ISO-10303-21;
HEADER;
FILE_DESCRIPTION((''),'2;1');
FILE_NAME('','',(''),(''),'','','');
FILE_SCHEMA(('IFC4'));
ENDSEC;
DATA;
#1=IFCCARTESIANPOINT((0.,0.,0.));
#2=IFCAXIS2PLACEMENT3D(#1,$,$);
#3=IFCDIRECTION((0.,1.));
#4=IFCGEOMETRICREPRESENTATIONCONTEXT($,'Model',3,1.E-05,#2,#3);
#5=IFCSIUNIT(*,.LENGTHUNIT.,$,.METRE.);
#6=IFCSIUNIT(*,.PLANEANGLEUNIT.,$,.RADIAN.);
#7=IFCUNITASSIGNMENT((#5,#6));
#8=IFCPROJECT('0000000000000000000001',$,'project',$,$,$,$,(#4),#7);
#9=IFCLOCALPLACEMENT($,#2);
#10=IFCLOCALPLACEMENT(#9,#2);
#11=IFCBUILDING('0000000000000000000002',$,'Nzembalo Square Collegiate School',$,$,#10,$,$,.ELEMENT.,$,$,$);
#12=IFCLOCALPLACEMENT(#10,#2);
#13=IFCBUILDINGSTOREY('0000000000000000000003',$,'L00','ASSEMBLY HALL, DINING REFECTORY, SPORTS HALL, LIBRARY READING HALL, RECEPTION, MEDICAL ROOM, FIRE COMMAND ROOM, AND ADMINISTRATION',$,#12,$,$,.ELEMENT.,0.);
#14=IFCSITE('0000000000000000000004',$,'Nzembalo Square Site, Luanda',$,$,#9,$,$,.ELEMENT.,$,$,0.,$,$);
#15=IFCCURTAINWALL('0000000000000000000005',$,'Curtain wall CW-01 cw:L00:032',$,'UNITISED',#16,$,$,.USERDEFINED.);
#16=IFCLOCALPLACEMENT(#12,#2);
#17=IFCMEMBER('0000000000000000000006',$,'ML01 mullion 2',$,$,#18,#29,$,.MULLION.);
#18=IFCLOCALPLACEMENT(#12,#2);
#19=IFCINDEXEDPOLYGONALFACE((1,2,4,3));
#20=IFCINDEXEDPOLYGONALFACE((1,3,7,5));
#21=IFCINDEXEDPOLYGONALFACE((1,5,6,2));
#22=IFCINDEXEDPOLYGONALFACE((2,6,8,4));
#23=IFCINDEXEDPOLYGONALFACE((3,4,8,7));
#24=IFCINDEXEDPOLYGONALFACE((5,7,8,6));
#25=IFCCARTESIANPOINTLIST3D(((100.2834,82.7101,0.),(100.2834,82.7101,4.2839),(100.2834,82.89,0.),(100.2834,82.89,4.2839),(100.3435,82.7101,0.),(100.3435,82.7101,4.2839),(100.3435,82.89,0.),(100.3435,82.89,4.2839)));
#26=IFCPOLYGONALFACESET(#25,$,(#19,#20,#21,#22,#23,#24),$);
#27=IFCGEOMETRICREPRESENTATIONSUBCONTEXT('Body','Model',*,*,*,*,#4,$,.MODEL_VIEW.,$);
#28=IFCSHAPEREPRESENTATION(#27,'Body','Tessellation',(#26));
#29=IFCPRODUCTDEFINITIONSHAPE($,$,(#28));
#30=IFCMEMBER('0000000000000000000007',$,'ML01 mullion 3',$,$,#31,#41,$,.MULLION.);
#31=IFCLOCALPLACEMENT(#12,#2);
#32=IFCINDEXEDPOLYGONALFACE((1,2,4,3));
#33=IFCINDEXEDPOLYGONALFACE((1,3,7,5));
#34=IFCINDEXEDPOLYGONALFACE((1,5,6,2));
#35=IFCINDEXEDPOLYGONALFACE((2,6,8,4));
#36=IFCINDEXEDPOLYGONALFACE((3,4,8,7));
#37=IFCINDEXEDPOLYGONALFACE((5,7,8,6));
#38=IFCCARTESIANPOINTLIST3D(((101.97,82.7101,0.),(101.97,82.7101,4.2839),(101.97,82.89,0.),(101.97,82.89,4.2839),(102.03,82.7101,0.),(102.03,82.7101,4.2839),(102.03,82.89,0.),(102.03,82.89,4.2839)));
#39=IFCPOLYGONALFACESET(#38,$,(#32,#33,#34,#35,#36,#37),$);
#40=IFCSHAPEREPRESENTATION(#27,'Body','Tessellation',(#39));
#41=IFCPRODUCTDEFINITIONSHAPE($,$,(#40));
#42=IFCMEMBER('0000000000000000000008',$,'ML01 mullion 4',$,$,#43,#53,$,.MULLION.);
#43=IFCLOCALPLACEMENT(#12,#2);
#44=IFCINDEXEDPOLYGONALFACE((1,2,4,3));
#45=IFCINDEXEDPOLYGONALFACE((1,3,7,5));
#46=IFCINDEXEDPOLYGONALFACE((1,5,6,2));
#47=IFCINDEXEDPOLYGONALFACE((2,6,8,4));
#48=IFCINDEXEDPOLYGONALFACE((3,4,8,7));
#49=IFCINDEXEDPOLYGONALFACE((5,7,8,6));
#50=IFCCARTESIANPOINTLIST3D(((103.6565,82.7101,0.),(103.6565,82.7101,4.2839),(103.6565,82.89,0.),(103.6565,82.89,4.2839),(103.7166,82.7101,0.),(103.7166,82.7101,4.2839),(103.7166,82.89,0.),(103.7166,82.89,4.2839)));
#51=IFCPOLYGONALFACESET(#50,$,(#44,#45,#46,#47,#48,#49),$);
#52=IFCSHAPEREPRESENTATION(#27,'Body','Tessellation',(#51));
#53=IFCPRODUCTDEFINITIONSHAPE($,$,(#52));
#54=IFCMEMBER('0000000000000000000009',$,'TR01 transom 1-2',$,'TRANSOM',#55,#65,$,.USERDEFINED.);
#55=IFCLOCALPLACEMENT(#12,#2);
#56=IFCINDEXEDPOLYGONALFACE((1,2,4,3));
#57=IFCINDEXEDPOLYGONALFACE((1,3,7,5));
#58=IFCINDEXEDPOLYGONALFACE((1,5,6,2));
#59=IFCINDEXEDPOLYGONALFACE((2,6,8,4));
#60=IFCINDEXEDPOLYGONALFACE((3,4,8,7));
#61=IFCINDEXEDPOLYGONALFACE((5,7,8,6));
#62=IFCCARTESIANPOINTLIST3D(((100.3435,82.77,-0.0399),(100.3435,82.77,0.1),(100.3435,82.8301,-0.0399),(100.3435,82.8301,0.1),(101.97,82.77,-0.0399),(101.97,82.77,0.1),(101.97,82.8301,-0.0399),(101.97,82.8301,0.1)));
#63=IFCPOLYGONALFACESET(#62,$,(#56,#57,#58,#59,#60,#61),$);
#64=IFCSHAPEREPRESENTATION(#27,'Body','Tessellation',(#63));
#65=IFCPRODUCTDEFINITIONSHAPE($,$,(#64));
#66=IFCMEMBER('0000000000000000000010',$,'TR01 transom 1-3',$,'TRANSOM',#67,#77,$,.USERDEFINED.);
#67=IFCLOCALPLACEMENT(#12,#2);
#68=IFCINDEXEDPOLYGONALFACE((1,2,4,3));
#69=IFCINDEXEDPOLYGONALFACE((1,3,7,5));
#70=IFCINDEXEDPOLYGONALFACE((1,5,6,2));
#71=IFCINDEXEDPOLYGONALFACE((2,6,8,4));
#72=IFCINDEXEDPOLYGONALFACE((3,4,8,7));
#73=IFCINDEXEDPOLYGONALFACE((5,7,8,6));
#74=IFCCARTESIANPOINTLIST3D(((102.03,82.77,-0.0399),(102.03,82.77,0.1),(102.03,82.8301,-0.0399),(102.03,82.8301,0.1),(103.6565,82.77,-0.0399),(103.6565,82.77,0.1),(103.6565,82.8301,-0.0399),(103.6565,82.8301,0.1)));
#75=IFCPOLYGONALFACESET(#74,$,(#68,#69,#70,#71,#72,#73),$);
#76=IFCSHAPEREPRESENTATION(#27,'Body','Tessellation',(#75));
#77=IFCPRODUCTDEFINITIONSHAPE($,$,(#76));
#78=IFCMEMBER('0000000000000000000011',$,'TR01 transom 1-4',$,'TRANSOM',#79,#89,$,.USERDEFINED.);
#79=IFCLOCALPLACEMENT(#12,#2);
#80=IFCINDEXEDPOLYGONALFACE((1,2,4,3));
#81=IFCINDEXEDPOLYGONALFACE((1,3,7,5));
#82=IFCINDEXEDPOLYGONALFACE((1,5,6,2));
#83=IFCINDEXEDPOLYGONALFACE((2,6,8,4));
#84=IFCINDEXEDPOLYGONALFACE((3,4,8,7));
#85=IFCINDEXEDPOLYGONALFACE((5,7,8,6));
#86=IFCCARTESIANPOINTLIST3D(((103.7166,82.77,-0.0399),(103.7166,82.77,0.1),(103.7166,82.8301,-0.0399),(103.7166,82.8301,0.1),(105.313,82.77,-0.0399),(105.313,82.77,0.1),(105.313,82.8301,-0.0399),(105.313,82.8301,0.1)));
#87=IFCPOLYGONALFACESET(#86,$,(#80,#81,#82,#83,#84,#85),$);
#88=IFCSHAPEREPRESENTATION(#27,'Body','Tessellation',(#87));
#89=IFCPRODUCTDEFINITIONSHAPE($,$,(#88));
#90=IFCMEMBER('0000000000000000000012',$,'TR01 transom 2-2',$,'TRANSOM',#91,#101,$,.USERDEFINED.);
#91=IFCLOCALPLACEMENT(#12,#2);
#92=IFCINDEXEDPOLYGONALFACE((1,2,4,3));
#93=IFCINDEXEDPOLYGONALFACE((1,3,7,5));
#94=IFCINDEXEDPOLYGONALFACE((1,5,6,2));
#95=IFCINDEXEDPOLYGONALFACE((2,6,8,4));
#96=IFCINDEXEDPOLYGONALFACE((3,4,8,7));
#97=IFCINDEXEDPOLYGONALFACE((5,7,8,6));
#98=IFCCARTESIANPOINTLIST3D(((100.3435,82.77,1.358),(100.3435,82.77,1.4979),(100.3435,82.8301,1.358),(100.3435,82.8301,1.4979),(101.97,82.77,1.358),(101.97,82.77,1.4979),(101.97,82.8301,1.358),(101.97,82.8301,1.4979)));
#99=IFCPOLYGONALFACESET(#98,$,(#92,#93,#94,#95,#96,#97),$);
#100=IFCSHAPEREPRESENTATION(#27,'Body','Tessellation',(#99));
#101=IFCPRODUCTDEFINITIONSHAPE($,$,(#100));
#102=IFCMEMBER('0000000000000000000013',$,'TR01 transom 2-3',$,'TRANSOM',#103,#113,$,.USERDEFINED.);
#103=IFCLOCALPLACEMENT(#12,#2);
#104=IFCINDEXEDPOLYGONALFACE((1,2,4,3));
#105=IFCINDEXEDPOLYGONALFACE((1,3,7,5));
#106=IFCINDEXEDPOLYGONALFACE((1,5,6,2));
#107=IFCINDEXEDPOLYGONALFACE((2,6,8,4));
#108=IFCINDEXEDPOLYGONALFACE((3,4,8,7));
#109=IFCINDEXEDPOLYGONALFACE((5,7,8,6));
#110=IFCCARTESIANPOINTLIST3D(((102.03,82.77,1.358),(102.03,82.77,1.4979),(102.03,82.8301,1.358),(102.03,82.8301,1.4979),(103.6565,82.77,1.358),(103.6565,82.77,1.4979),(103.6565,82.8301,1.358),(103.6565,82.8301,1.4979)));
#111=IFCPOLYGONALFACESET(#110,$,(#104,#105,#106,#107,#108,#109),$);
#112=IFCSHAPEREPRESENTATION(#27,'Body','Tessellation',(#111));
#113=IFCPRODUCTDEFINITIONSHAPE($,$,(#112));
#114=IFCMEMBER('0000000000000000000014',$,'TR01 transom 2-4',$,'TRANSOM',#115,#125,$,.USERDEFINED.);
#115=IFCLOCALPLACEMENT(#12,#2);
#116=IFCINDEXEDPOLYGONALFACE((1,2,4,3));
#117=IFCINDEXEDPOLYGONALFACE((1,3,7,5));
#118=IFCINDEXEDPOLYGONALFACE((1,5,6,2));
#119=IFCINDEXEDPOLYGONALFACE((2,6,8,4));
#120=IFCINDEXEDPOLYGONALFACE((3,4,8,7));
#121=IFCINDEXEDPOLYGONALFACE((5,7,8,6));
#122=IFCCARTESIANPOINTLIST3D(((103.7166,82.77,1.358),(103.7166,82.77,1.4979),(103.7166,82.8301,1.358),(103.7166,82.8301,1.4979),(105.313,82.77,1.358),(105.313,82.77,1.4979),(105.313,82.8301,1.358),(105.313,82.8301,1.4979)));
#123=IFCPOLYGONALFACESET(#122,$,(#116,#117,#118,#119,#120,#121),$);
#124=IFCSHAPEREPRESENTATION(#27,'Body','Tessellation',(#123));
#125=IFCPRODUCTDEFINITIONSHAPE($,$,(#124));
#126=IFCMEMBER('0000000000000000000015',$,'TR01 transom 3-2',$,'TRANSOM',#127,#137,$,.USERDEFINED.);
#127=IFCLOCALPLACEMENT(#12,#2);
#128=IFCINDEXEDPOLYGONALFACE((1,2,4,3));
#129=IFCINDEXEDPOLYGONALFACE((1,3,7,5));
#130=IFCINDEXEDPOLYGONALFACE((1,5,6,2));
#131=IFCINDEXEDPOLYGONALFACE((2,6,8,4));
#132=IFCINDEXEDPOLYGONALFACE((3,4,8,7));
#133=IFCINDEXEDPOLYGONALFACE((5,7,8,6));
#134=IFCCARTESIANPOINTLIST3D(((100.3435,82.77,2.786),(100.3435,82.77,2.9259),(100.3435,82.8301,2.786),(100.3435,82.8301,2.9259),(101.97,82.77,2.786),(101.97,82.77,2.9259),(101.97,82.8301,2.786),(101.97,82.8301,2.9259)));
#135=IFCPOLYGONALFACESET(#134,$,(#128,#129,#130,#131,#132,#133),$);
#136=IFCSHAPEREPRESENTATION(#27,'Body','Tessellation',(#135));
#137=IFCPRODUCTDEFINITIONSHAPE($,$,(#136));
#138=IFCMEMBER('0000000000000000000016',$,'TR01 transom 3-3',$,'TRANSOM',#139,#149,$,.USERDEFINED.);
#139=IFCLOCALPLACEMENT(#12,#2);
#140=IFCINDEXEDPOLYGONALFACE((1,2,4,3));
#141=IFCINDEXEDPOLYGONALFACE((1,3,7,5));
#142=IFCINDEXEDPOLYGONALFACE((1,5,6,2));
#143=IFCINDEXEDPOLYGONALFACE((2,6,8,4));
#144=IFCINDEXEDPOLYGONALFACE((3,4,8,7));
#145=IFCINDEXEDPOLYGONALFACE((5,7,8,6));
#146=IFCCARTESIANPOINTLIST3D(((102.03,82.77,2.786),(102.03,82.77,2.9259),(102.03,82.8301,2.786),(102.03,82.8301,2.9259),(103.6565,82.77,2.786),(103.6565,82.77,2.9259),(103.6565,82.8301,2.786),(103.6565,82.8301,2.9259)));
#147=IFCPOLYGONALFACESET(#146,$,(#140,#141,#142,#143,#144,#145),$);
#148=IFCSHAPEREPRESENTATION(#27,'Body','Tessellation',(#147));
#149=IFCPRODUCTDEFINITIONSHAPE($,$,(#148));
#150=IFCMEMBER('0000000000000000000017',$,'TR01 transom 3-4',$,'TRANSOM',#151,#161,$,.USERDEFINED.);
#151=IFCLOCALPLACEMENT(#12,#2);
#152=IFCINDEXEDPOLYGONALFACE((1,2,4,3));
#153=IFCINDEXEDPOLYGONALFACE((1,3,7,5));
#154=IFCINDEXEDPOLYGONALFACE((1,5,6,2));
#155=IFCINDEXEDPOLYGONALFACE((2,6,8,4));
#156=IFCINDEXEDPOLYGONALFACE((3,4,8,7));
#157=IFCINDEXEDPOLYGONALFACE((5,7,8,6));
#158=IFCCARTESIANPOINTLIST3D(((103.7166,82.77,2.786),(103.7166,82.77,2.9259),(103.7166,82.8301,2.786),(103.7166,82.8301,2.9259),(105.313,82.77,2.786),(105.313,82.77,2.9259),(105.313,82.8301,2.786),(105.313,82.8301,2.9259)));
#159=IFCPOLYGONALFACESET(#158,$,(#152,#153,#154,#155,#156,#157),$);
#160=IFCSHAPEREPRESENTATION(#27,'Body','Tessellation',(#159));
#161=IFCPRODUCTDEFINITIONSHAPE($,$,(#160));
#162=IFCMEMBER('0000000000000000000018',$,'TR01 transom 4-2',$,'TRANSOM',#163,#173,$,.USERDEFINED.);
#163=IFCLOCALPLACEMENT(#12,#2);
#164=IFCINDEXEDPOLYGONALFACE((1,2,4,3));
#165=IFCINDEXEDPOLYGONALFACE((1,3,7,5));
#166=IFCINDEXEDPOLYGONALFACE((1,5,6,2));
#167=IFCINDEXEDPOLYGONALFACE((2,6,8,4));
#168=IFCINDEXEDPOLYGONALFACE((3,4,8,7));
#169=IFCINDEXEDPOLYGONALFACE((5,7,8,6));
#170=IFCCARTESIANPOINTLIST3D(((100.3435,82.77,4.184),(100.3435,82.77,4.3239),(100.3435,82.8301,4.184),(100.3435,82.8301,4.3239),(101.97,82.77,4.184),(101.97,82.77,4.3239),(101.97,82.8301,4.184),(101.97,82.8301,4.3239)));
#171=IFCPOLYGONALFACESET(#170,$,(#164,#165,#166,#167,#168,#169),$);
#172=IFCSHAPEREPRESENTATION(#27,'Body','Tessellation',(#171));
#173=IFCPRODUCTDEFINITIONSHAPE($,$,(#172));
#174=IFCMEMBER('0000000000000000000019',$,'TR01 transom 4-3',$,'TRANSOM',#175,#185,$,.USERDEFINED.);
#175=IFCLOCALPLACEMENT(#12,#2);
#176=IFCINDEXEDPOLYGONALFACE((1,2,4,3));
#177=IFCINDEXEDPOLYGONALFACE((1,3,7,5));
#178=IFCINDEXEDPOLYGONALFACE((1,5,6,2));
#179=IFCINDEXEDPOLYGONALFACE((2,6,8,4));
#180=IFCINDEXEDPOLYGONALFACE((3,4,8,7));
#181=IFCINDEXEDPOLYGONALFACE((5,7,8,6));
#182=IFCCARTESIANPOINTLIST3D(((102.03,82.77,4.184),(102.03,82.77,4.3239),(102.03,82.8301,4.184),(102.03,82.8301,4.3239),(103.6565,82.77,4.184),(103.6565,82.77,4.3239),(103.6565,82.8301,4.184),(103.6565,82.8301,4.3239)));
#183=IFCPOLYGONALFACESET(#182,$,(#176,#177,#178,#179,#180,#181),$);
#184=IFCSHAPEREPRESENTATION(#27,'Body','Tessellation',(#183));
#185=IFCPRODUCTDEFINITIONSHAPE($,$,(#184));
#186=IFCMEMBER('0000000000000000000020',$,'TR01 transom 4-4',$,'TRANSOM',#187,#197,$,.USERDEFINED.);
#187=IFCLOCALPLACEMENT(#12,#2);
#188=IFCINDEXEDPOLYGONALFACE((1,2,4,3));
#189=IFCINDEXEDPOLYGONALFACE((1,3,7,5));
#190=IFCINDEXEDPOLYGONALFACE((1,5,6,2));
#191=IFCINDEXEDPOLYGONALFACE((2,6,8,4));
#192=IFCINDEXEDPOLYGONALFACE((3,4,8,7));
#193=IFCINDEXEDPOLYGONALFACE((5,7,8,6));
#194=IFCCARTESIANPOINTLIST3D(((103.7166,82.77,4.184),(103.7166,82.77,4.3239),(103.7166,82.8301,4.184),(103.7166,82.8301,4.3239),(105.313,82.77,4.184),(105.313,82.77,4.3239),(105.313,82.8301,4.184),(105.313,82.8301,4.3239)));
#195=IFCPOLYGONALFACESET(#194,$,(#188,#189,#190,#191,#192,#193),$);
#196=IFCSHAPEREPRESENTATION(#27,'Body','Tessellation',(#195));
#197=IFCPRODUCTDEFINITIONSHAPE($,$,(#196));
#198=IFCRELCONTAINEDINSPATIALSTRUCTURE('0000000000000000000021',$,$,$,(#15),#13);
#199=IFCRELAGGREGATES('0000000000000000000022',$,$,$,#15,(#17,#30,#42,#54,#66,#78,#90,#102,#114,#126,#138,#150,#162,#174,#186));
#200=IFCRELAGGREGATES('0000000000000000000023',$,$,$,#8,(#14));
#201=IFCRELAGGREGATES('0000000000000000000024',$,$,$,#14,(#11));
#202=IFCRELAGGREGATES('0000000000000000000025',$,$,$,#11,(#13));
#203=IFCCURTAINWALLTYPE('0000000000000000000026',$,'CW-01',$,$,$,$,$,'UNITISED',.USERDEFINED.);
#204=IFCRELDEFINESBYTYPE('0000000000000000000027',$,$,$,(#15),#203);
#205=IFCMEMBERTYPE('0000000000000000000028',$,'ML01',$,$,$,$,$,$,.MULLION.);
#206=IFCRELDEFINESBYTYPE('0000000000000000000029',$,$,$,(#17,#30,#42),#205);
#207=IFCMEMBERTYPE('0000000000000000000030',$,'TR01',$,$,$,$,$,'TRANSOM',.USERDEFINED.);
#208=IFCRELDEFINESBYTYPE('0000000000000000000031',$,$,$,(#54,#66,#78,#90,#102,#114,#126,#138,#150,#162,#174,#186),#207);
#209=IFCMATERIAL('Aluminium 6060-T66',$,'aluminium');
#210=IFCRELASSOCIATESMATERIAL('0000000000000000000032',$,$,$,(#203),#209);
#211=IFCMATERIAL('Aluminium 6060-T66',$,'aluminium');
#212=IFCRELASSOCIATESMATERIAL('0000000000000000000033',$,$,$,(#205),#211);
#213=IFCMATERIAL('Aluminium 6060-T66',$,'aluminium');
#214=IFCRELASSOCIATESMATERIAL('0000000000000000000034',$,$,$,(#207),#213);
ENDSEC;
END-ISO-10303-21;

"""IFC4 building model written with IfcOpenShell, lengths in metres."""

from ifc_helpers import new_model, si_unit, direction, frame, origin, origin_2d, place, context, subcontext, project, spatial, rectangle, extrude, material, material_profile, profile_set, type_object, element, aggregate, save


model = new_model("IFC4")

# Units and contexts
model_context = context("Model", 3, precision=1e-05, world=origin(), true_north=direction((0.0, 1.0)))
body_context = subcontext(model_context, "Body", "Model", "MODEL_VIEW")
ifc_project = project(units=[si_unit("LENGTHUNIT", "METRE"), si_unit("PLANEANGLEUNIT", "RADIAN")], contexts=[model_context])

# Site, building, storey
site_placement = place(None, origin())
site = spatial("IfcSite", under=ifc_project, at=site_placement, Name="Nzembalo Square Site, Luanda", CompositionType="ELEMENT", RefElevation=0.0)
building_placement = place(site_placement, origin())
building = spatial("IfcBuilding", under=site, at=building_placement, Name="Nzembalo Square Collegiate School", CompositionType="ELEMENT")
storey_placement = place(building_placement, origin())
storey = spatial("IfcBuildingStorey", under=building, at=storey_placement, Name="L00", Description="ASSEMBLY HALL, DINING REFECTORY, SPORTS HALL, LIBRARY READING HALL, RECEPTION, MEDICAL ROOM, FIRE COMMAND ROOM, AND ADMINISTRATION", CompositionType="ELEMENT", Elevation=0.0)

# Curtain wall, members
ifc_material_1 = material(Name="Aluminium 6060-T66", Category="aluminium")
curtain_wall_type = type_object("IfcCurtainWallType", Name="CW-01", ElementType="UNITISED", PredefinedType="USERDEFINED", material=ifc_material_1)
curtain_wall_placement = place(storey_placement, origin())
curtain_wall = element("IfcCurtainWall", 1, at=curtain_wall_placement, inside=storey, type_object=curtain_wall_type, Name="Curtain wall CW-01 cw:L00:032", ObjectType="UNITISED", PredefinedType="USERDEFINED")
ifc_material_2 = material(Name="Aluminium 6060-T66", Category="aluminium")
ifc_material_profile_1 = material_profile(ifc_material_2, rectangle(XDim=0.0601, YDim=0.1799, at=origin_2d()), Name="ALU M60x180")
ifc_profile_set_1 = profile_set([ifc_material_profile_1], Name="Aluminium 6060-T66")
member_type_1 = type_object("IfcMemberType", Name="ML01", PredefinedType="MULLION", material=ifc_profile_set_1)
member_1_placement = place(storey_placement, frame((100.3135, 82.8, 0.0), z_axis=(0.0, 0.0, 1.0), x_axis=(1.0, 0.0, 0.0)))
member_1 = element("IfcMember", 2, at=member_1_placement, type_object=member_type_1, Name="ML01 mullion 2", PredefinedType="MULLION", context=body_context, shape_type="SweptSolid", body=[
    extrude(rectangle(XDim=0.0601, YDim=0.1799, at=origin_2d()), origin(), (0.0, 0.0, 1.0), 4.2839),
])
member_2_placement = place(storey_placement, frame((102.0, 82.8, 0.0), z_axis=(0.0, 0.0, 1.0), x_axis=(1.0, 0.0, 0.0)))
member_2 = element("IfcMember", 3, at=member_2_placement, type_object=member_type_1, Name="ML01 mullion 3", PredefinedType="MULLION", context=body_context, shape_type="SweptSolid", body=[
    extrude(rectangle(XDim=0.0601, YDim=0.1799, at=origin_2d()), origin(), (0.0, 0.0, 1.0), 4.2839),
])
member_3_placement = place(storey_placement, frame((103.6865, 82.8, 0.0), z_axis=(0.0, 0.0, 1.0), x_axis=(1.0, 0.0, 0.0)))
member_3 = element("IfcMember", 4, at=member_3_placement, type_object=member_type_1, Name="ML01 mullion 4", PredefinedType="MULLION", context=body_context, shape_type="SweptSolid", body=[
    extrude(rectangle(XDim=0.0601, YDim=0.1799, at=origin_2d()), origin(), (0.0, 0.0, 1.0), 4.2839),
])
ifc_material_3 = material(Name="Aluminium 6060-T66", Category="aluminium")
ifc_material_profile_2 = material_profile(ifc_material_3, rectangle(XDim=0.0601, YDim=0.1399, at=origin_2d()), Name="ALU T60x140")
ifc_profile_set_2 = profile_set([ifc_material_profile_2], Name="Aluminium 6060-T66")
member_type_2 = type_object("IfcMemberType", Name="TR01", ElementType="TRANSOM", PredefinedType="USERDEFINED", material=ifc_profile_set_2)
member_4_placement = place(storey_placement, frame((100.3435, 82.8, 0.03), z_axis=(1.0, 0.0, 0.0), x_axis=(0.0, 1.0, 0.0)))
member_4 = element("IfcMember", 5, at=member_4_placement, type_object=member_type_2, Name="TR01 transom 1-2", ObjectType="TRANSOM", PredefinedType="USERDEFINED", context=body_context, shape_type="SweptSolid", body=[
    extrude(rectangle(XDim=0.0601, YDim=0.1399, at=origin_2d()), origin(), (0.0, 0.0, 1.0), 1.6265),
])
member_5_placement = place(storey_placement, frame((102.03, 82.8, 0.03), z_axis=(1.0, 0.0, 0.0), x_axis=(0.0, 1.0, 0.0)))
member_5 = element("IfcMember", 6, at=member_5_placement, type_object=member_type_2, Name="TR01 transom 1-3", ObjectType="TRANSOM", PredefinedType="USERDEFINED", context=body_context, shape_type="SweptSolid", body=[
    extrude(rectangle(XDim=0.0601, YDim=0.1399, at=origin_2d()), origin(), (0.0, 0.0, 1.0), 1.6265),
])
member_6_placement = place(storey_placement, frame((103.7166, 82.8, 0.03), z_axis=(1.0, 0.0, 0.0), x_axis=(0.0, 1.0, 0.0)))
member_6 = element("IfcMember", 7, at=member_6_placement, type_object=member_type_2, Name="TR01 transom 1-4", ObjectType="TRANSOM", PredefinedType="USERDEFINED", context=body_context, shape_type="SweptSolid", body=[
    extrude(rectangle(XDim=0.0601, YDim=0.1399, at=origin_2d()), origin(), (0.0, 0.0, 1.0), 1.5964),
])
member_7_placement = place(storey_placement, frame((100.3435, 82.8, 1.428), z_axis=(1.0, 0.0, 0.0), x_axis=(0.0, 1.0, 0.0)))
member_7 = element("IfcMember", 8, at=member_7_placement, type_object=member_type_2, Name="TR01 transom 2-2", ObjectType="TRANSOM", PredefinedType="USERDEFINED", context=body_context, shape_type="SweptSolid", body=[
    extrude(rectangle(XDim=0.0601, YDim=0.1399, at=origin_2d()), origin(), (0.0, 0.0, 1.0), 1.6265),
])
member_8_placement = place(storey_placement, frame((102.03, 82.8, 1.428), z_axis=(1.0, 0.0, 0.0), x_axis=(0.0, 1.0, 0.0)))
member_8 = element("IfcMember", 9, at=member_8_placement, type_object=member_type_2, Name="TR01 transom 2-3", ObjectType="TRANSOM", PredefinedType="USERDEFINED", context=body_context, shape_type="SweptSolid", body=[
    extrude(rectangle(XDim=0.0601, YDim=0.1399, at=origin_2d()), origin(), (0.0, 0.0, 1.0), 1.6265),
])
member_9_placement = place(storey_placement, frame((103.7166, 82.8, 1.428), z_axis=(1.0, 0.0, 0.0), x_axis=(0.0, 1.0, 0.0)))
member_9 = element("IfcMember", 10, at=member_9_placement, type_object=member_type_2, Name="TR01 transom 2-4", ObjectType="TRANSOM", PredefinedType="USERDEFINED", context=body_context, shape_type="SweptSolid", body=[
    extrude(rectangle(XDim=0.0601, YDim=0.1399, at=origin_2d()), origin(), (0.0, 0.0, 1.0), 1.5964),
])
member_10_placement = place(storey_placement, frame((100.3435, 82.8, 2.856), z_axis=(1.0, 0.0, 0.0), x_axis=(0.0, 1.0, 0.0)))
member_10 = element("IfcMember", 11, at=member_10_placement, type_object=member_type_2, Name="TR01 transom 3-2", ObjectType="TRANSOM", PredefinedType="USERDEFINED", context=body_context, shape_type="SweptSolid", body=[
    extrude(rectangle(XDim=0.0601, YDim=0.1399, at=origin_2d()), origin(), (0.0, 0.0, 1.0), 1.6265),
])
member_11_placement = place(storey_placement, frame((102.03, 82.8, 2.856), z_axis=(1.0, 0.0, 0.0), x_axis=(0.0, 1.0, 0.0)))
member_11 = element("IfcMember", 12, at=member_11_placement, type_object=member_type_2, Name="TR01 transom 3-3", ObjectType="TRANSOM", PredefinedType="USERDEFINED", context=body_context, shape_type="SweptSolid", body=[
    extrude(rectangle(XDim=0.0601, YDim=0.1399, at=origin_2d()), origin(), (0.0, 0.0, 1.0), 1.6265),
])
member_12_placement = place(storey_placement, frame((103.7166, 82.8, 2.856), z_axis=(1.0, 0.0, 0.0), x_axis=(0.0, 1.0, 0.0)))
member_12 = element("IfcMember", 13, at=member_12_placement, type_object=member_type_2, Name="TR01 transom 3-4", ObjectType="TRANSOM", PredefinedType="USERDEFINED", context=body_context, shape_type="SweptSolid", body=[
    extrude(rectangle(XDim=0.0601, YDim=0.1399, at=origin_2d()), origin(), (0.0, 0.0, 1.0), 1.5964),
])
member_13_placement = place(storey_placement, frame((100.3435, 82.8, 4.2539), z_axis=(1.0, 0.0, 0.0), x_axis=(0.0, 1.0, 0.0)))
member_13 = element("IfcMember", 14, at=member_13_placement, type_object=member_type_2, Name="TR01 transom 4-2", ObjectType="TRANSOM", PredefinedType="USERDEFINED", context=body_context, shape_type="SweptSolid", body=[
    extrude(rectangle(XDim=0.0601, YDim=0.1399, at=origin_2d()), origin(), (0.0, 0.0, 1.0), 1.6265),
])
member_14_placement = place(storey_placement, frame((102.03, 82.8, 4.2539), z_axis=(1.0, 0.0, 0.0), x_axis=(0.0, 1.0, 0.0)))
member_14 = element("IfcMember", 15, at=member_14_placement, type_object=member_type_2, Name="TR01 transom 4-3", ObjectType="TRANSOM", PredefinedType="USERDEFINED", context=body_context, shape_type="SweptSolid", body=[
    extrude(rectangle(XDim=0.0601, YDim=0.1399, at=origin_2d()), origin(), (0.0, 0.0, 1.0), 1.6265),
])
member_15_placement = place(storey_placement, frame((103.7166, 82.8, 4.2539), z_axis=(1.0, 0.0, 0.0), x_axis=(0.0, 1.0, 0.0)))
member_15 = element("IfcMember", 16, at=member_15_placement, type_object=member_type_2, Name="TR01 transom 4-4", ObjectType="TRANSOM", PredefinedType="USERDEFINED", context=body_context, shape_type="SweptSolid", body=[
    extrude(rectangle(XDim=0.0601, YDim=0.1399, at=origin_2d()), origin(), (0.0, 0.0, 1.0), 1.5964),
])
aggregate(curtain_wall, [member_1, member_2, member_3, member_4, member_5, member_6, member_7, member_8, member_9, member_10, member_11, member_12, member_13, member_14, member_15])

save(model, "model.ifc")
